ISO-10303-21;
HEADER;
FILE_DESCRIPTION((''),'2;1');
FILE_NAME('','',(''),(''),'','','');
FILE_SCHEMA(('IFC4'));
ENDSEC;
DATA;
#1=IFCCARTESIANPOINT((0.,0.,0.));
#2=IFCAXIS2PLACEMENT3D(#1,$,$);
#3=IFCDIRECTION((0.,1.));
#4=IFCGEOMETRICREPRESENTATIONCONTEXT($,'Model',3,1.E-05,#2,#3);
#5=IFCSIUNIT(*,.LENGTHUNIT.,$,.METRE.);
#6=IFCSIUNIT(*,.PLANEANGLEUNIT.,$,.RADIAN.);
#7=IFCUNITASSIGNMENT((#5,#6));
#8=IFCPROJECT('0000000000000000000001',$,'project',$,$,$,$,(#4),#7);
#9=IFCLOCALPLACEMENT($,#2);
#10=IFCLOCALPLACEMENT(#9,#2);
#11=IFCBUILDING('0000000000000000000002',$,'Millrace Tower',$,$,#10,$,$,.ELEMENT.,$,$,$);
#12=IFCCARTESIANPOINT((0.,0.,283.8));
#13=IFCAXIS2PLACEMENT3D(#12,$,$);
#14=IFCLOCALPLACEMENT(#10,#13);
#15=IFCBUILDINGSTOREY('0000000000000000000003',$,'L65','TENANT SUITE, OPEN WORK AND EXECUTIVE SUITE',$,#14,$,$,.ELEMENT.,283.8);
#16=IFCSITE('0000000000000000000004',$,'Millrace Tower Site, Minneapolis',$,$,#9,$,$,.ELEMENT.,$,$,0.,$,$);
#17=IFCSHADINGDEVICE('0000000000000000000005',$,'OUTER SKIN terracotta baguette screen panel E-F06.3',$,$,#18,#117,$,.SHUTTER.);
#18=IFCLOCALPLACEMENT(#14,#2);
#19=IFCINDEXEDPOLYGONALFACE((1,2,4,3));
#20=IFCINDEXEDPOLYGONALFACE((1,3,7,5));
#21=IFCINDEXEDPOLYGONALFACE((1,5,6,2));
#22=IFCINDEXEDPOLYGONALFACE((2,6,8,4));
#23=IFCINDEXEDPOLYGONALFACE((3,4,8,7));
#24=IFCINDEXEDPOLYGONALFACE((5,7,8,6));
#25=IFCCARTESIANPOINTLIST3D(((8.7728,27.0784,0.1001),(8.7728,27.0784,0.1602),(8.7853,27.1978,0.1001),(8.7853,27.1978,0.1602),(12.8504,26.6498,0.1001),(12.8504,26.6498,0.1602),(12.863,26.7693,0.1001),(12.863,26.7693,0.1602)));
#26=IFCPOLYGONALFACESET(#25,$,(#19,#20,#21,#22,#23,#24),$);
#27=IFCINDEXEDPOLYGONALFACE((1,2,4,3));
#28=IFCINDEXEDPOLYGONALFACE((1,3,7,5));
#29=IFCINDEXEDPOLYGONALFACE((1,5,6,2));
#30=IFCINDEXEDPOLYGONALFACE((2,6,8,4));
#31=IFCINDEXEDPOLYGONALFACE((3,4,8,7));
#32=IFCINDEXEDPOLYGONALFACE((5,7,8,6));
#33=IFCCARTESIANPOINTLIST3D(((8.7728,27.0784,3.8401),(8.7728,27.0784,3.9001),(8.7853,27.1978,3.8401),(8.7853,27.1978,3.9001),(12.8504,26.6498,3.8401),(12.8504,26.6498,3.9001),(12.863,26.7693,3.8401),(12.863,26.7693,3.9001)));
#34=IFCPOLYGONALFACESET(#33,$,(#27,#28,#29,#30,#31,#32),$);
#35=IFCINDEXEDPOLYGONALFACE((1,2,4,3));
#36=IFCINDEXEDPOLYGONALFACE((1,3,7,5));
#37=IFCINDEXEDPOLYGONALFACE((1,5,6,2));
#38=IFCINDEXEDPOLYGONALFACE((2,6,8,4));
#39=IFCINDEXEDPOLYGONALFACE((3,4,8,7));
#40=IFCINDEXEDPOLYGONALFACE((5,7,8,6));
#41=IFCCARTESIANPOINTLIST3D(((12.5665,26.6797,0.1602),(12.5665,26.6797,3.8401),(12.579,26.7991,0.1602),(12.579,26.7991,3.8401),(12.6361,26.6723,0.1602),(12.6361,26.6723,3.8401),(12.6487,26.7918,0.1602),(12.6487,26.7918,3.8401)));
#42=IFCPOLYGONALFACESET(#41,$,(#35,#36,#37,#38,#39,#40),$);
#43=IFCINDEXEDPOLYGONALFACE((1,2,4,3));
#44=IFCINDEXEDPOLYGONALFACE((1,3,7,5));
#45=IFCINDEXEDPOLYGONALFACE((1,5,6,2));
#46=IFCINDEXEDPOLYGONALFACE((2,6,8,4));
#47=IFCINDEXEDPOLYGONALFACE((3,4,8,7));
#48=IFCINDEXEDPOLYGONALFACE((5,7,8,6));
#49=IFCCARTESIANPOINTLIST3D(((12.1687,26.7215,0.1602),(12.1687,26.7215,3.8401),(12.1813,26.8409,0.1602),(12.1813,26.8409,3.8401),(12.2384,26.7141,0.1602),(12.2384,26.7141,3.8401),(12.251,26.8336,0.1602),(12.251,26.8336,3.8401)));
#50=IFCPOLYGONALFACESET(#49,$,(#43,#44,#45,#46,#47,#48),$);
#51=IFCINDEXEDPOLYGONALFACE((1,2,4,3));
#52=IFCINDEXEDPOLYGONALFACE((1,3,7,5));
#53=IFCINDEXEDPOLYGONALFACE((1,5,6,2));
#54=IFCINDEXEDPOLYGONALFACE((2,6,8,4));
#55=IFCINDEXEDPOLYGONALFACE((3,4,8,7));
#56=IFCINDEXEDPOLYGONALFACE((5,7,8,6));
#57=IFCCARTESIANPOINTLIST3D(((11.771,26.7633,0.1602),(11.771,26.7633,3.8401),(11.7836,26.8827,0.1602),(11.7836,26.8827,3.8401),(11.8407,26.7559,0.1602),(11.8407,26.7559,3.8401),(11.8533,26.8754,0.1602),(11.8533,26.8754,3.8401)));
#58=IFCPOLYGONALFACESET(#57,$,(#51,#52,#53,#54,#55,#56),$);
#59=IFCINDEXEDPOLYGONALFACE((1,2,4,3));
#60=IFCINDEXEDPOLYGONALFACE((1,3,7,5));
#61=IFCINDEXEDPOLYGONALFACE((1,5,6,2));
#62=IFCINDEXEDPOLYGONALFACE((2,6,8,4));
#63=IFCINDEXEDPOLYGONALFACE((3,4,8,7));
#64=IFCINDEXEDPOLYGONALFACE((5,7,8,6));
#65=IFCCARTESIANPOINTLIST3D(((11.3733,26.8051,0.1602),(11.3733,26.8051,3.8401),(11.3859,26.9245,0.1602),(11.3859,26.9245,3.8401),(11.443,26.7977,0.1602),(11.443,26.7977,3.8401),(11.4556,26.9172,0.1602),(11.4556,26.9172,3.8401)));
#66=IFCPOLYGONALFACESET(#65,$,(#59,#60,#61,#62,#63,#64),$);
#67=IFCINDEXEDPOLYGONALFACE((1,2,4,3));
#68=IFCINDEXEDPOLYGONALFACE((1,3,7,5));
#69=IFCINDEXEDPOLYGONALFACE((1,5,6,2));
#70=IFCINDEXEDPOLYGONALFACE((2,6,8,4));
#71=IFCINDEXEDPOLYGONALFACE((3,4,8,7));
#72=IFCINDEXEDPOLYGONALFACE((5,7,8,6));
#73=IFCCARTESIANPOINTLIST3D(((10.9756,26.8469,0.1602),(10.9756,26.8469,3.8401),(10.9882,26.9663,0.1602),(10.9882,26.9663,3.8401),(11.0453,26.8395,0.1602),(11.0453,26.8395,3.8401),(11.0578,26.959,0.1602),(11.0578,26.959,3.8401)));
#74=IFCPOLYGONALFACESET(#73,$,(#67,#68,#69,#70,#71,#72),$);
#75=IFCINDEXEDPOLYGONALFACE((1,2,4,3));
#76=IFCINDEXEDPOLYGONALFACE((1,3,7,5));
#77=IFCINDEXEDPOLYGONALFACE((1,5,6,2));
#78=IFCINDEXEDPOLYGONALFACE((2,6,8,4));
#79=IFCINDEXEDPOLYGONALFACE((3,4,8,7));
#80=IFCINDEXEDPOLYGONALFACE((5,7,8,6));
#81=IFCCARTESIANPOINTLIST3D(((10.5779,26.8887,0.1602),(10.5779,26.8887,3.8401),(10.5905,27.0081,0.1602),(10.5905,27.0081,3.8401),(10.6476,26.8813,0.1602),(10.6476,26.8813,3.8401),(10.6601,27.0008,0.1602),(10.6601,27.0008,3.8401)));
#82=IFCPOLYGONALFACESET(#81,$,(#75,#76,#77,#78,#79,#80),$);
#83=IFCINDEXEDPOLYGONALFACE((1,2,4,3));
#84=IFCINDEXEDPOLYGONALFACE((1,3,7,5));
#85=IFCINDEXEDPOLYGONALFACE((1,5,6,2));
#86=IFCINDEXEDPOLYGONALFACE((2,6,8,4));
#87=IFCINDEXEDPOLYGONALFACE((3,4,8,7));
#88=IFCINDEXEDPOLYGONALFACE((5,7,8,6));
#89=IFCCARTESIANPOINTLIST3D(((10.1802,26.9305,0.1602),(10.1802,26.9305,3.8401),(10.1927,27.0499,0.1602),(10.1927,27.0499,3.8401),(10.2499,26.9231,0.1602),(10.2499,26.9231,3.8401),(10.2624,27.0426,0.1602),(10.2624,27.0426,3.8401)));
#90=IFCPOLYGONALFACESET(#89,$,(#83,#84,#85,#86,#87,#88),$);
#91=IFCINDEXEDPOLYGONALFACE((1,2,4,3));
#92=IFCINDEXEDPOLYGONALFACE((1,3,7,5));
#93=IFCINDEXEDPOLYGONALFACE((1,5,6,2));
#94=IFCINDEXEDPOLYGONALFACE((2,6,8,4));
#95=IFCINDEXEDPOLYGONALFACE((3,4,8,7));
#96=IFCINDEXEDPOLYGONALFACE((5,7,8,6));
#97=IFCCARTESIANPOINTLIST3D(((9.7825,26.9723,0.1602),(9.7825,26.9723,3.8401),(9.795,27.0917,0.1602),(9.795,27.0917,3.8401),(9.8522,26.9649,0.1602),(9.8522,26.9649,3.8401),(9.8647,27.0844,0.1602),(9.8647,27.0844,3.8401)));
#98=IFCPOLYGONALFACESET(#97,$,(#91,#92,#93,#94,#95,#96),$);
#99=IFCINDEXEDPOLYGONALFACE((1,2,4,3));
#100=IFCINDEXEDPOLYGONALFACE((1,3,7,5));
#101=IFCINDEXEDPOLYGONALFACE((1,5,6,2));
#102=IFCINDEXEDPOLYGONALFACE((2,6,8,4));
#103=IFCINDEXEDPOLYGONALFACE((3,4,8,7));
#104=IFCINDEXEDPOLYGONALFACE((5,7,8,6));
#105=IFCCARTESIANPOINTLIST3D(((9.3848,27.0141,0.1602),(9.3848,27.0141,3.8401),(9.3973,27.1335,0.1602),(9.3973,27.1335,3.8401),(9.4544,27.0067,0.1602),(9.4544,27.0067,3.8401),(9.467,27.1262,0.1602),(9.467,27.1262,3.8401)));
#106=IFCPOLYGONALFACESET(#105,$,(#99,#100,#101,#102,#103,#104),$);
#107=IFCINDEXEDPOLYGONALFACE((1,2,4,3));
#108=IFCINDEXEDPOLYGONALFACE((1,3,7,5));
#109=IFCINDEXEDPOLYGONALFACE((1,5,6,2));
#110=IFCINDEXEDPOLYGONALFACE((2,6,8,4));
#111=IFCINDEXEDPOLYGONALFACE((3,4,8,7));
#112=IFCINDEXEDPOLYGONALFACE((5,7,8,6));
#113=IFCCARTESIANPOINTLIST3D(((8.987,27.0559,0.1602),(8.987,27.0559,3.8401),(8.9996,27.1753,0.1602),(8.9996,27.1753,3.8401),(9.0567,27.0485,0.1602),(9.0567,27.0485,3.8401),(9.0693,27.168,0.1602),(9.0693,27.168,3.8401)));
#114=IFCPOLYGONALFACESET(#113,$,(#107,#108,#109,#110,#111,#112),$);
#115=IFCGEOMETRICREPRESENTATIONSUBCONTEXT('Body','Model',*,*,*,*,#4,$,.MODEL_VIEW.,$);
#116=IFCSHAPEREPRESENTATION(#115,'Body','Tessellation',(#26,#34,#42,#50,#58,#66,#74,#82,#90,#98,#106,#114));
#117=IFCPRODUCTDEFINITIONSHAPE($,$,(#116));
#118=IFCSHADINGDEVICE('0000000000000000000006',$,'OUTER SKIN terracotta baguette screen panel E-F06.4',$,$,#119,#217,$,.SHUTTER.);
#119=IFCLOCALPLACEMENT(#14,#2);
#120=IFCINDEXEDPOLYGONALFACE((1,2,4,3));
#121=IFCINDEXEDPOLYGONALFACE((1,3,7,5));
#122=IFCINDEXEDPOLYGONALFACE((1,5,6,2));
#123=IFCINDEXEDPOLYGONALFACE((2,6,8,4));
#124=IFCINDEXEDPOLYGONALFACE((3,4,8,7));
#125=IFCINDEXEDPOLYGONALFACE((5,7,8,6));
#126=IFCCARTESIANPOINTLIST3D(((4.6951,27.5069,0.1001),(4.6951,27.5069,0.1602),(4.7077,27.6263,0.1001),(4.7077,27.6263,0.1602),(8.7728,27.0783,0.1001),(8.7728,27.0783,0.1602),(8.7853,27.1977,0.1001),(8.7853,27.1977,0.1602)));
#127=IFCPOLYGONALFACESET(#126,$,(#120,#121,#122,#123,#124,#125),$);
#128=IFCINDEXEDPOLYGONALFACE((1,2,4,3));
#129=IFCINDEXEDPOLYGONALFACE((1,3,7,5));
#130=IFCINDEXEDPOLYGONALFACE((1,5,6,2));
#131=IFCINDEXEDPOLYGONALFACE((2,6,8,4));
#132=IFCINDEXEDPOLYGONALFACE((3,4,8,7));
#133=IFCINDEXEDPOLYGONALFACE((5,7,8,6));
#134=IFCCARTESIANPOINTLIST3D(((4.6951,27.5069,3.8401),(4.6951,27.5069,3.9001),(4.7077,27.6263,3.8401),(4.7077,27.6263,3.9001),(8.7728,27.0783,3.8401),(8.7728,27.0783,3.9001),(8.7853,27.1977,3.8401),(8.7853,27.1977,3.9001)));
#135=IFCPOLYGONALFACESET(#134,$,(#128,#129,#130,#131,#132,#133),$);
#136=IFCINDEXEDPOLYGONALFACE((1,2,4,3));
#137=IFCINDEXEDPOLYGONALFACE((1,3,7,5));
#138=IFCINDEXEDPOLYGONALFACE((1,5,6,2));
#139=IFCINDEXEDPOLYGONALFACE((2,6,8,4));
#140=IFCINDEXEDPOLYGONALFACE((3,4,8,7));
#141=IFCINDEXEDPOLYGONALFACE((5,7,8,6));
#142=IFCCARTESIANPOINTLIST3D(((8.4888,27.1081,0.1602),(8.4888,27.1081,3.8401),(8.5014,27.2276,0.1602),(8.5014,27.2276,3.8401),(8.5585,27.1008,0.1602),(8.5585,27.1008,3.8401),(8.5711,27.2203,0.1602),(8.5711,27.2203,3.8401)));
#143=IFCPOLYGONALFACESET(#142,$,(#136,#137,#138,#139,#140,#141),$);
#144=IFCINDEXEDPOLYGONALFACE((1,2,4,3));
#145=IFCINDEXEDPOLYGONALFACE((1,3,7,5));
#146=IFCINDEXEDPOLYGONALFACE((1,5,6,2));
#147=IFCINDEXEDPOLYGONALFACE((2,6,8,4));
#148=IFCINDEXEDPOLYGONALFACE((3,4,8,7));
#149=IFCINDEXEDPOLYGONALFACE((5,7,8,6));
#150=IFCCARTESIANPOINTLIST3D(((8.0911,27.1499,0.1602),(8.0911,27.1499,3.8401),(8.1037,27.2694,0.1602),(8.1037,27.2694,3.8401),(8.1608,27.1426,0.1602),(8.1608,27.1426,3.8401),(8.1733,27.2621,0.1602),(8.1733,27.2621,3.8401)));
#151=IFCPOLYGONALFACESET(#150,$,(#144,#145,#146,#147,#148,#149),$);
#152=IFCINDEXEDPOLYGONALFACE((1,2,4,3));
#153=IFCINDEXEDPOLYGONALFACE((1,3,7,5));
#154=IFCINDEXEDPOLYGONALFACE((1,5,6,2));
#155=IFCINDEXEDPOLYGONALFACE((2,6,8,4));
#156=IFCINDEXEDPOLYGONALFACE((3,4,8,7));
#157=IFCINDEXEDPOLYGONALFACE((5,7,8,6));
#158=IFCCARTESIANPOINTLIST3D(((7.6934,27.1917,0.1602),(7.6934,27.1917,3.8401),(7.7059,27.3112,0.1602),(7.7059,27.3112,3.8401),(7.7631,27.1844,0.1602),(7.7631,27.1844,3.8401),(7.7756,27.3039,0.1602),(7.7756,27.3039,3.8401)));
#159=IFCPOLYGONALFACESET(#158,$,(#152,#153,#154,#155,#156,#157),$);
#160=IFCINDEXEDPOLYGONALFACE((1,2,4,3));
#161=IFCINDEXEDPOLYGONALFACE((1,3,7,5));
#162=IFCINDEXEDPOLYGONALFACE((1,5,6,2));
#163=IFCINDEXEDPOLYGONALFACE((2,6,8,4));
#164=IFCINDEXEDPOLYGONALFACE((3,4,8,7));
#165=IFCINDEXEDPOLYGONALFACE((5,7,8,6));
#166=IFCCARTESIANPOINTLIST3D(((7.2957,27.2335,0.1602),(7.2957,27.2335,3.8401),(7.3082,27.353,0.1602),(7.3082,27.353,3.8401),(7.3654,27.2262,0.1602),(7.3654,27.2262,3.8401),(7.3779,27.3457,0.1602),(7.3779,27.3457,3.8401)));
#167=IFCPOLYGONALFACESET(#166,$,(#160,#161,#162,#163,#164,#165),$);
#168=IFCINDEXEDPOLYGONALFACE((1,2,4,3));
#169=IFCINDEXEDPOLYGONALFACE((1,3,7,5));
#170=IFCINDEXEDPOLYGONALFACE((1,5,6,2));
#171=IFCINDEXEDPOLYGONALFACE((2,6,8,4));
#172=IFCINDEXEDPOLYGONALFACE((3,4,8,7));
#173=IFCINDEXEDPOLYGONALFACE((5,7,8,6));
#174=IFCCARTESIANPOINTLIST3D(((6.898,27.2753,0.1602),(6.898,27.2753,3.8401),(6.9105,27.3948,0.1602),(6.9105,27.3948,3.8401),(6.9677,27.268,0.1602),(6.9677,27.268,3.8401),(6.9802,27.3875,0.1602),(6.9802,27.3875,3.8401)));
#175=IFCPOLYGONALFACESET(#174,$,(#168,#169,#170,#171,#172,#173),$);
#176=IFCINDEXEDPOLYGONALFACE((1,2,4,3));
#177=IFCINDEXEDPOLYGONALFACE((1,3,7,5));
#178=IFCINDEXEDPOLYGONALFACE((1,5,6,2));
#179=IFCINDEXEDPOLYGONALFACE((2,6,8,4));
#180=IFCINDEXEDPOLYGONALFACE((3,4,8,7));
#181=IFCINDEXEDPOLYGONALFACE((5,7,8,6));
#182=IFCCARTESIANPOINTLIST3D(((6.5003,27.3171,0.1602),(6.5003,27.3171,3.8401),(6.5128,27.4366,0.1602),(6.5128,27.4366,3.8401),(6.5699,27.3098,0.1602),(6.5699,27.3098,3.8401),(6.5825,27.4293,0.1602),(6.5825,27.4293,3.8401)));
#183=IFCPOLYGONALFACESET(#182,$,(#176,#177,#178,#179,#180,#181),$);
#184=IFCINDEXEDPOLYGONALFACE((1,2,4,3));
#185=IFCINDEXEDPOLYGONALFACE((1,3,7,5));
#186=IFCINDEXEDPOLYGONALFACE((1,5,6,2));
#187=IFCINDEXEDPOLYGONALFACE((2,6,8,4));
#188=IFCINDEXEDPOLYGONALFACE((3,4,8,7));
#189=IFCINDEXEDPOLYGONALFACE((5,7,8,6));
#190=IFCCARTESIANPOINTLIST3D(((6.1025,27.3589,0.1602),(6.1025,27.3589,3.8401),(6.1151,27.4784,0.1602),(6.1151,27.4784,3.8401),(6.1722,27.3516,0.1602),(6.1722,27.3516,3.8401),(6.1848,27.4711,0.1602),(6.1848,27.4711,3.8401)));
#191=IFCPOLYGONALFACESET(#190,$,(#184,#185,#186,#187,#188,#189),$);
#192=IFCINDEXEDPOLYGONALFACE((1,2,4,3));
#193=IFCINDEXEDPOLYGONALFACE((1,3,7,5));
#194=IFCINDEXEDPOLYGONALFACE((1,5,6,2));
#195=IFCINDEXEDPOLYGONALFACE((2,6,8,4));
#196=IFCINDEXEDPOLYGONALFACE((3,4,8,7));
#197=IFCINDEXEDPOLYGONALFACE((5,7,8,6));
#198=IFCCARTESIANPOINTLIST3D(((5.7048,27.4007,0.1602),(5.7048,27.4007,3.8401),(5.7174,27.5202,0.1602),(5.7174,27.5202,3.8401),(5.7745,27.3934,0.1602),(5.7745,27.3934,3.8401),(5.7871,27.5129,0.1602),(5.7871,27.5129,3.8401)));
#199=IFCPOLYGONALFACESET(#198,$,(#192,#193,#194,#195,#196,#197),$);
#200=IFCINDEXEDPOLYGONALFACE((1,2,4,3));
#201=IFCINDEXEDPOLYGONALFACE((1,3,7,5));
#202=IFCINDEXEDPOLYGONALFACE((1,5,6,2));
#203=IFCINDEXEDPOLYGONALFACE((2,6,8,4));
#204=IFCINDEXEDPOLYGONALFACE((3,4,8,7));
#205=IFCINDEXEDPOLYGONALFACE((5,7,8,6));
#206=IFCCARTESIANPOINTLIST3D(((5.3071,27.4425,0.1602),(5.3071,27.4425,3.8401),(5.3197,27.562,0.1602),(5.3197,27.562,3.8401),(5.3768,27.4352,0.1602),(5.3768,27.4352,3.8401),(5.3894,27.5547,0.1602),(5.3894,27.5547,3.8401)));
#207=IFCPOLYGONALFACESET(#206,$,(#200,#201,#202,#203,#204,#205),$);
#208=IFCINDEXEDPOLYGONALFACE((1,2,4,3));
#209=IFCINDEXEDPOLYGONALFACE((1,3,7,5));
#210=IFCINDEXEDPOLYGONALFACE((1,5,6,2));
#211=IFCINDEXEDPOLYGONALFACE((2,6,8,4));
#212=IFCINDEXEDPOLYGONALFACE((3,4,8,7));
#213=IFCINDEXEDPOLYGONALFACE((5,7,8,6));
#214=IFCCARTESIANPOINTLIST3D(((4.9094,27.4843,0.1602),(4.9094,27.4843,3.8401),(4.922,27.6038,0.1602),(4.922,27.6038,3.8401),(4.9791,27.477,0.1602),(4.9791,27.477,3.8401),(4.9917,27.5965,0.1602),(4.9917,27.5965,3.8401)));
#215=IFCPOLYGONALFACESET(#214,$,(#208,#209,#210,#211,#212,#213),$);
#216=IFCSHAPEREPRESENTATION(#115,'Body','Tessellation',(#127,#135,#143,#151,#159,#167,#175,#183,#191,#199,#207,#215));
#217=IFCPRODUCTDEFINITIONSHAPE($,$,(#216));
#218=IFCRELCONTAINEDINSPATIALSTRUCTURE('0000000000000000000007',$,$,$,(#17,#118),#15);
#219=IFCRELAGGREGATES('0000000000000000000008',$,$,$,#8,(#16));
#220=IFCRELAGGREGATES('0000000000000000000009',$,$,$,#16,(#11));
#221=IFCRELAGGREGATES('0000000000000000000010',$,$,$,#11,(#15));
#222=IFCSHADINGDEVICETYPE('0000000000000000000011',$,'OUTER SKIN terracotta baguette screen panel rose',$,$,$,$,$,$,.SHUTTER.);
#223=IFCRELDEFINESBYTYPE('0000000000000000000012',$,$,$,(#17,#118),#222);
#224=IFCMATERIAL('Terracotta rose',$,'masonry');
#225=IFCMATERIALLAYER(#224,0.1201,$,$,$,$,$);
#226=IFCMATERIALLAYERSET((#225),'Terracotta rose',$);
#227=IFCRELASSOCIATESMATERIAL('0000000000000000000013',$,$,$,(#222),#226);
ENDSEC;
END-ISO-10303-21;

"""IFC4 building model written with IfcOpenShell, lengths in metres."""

from ifc_helpers import new_model, entity, si_unit, direction, frame, frame_2d, origin, place, context, subcontext, project, spatial, rectangle, extrude, source, transform, mapped, material, layer, layer_set, type_object, element, save


model = new_model("IFC4")

# Units and contexts
model_context = context("Model", 3, precision=1e-05, world=origin(), true_north=direction((0.0, 1.0)))
body_context = subcontext(model_context, "Body", "Model", "MODEL_VIEW")
ifc_project = project(units=[si_unit("LENGTHUNIT", "METRE"), si_unit("PLANEANGLEUNIT", "RADIAN")], contexts=[model_context])

# Site, building, storey
site_placement = place(None, origin())
site = spatial("IfcSite", under=ifc_project, at=site_placement, Name="Millrace Tower Site, Minneapolis", CompositionType="ELEMENT", RefElevation=0.0)
building_placement = place(site_placement, origin())
building = spatial("IfcBuilding", under=site, at=building_placement, Name="Millrace Tower", CompositionType="ELEMENT")
storey_placement = place(building_placement, frame((0.0, 0.0, 283.8)))
storey = spatial("IfcBuildingStorey", under=building, at=storey_placement, Name="L65", Description="TENANT SUITE, OPEN WORK AND EXECUTIVE SUITE", CompositionType="ELEMENT", Elevation=283.8)

# Shading devices
ifc_material_1 = material(Name="Terracotta rose", Category="masonry")
ifc_layer_1 = layer(ifc_material_1, 0.1201)
ifc_layer_set_1 = layer_set([ifc_layer_1], Name="Terracotta rose")
shading_device_type = type_object("IfcShadingDeviceType", Name="OUTER SKIN terracotta baguette screen panel rose", PredefinedType="SHUTTER", material=ifc_layer_set_1)
cartesian_point = entity("IfcCartesianPoint", [-2.05, 0.0601])
shared_polyline = entity("IfcPolyline", [cartesian_point, entity("IfcCartesianPoint", [2.05, 0.0601]), entity("IfcCartesianPoint", [2.05, -0.0601]), entity("IfcCartesianPoint", [-2.05, -0.0601]), cartesian_point])
shared_shape = source(origin(), body_context, "Body", "SweptSolid", [
    entity("IfcExtrudedAreaSolid", entity("IfcArbitraryClosedProfileDef", "AREA", None, shared_polyline), entity("IfcAxis2Placement3D", entity("IfcCartesianPoint", [0.0, 0.0, 0.0])), entity("IfcDirection", [0.0, 0.0, 1.0]), 0.0601),
    entity("IfcExtrudedAreaSolid", entity("IfcArbitraryClosedProfileDef", "AREA", None, shared_polyline), entity("IfcAxis2Placement3D", entity("IfcCartesianPoint", [0.0, 0.0, 3.74])), entity("IfcDirection", [0.0, 0.0, 1.0]), 0.0601),
    extrude(rectangle(XDim=0.0701, YDim=0.1201, at=frame_2d((-1.7996, 0.0))), frame((0.0, 0.0, 0.0601)), (0.0, 0.0, 1.0), 3.6799),
    extrude(rectangle(XDim=0.0701, YDim=0.1201, at=frame_2d((-1.3997, 0.0))), frame((0.0, 0.0, 0.0601)), (0.0, 0.0, 1.0), 3.6799),
    extrude(rectangle(XDim=0.0701, YDim=0.1201, at=frame_2d((-0.9998, 0.0))), frame((0.0, 0.0, 0.0601)), (0.0, 0.0, 1.0), 3.6799),
    extrude(rectangle(XDim=0.0701, YDim=0.1201, at=frame_2d((-0.5999, 0.0))), frame((0.0, 0.0, 0.0601)), (0.0, 0.0, 1.0), 3.6799),
    extrude(rectangle(XDim=0.0701, YDim=0.1201, at=frame_2d((-0.2, 0.0))), frame((0.0, 0.0, 0.0601)), (0.0, 0.0, 1.0), 3.6799),
    extrude(rectangle(XDim=0.0701, YDim=0.1201, at=frame_2d((0.2, 0.0))), frame((0.0, 0.0, 0.0601)), (0.0, 0.0, 1.0), 3.6799),
    extrude(rectangle(XDim=0.0701, YDim=0.1201, at=frame_2d((0.5999, 0.0))), frame((0.0, 0.0, 0.0601)), (0.0, 0.0, 1.0), 3.6799),
    extrude(rectangle(XDim=0.0701, YDim=0.1201, at=frame_2d((0.9998, 0.0))), frame((0.0, 0.0, 0.0601)), (0.0, 0.0, 1.0), 3.6799),
    extrude(rectangle(XDim=0.0701, YDim=0.1201, at=frame_2d((1.3997, 0.0))), frame((0.0, 0.0, 0.0601)), (0.0, 0.0, 1.0), 3.6799),
    extrude(rectangle(XDim=0.0701, YDim=0.1201, at=frame_2d((1.7996, 0.0))), frame((0.0, 0.0, 0.0601)), (0.0, 0.0, 1.0), 3.6799),
])
for number, where, z_axis, x_axis, name in (
    (1, (10.8179, 26.9238, 0.1001), (0.0, 0.0, 1.0), (-0.994522, 0.104528, 0.0), "OUTER SKIN terracotta baguette screen panel E-F06.3"),
    (2, (6.7402, 27.3523, 0.1001), (0.0, 0.0, 1.0), (-0.994522, 0.104528, 0.0), "OUTER SKIN terracotta baguette screen panel E-F06.4"),
):
    element("IfcShadingDevice", number, at=place(storey_placement, frame(where, z_axis=z_axis, x_axis=x_axis)), inside=storey, type_object=shading_device_type, Name=name, PredefinedType="SHUTTER", context=body_context, shape_type="MappedRepresentation", body=[
        mapped(shared_shape, transform((0.0, 0.0, 0.0), scale=1.0)),
    ])

save(model, "model.ifc")
